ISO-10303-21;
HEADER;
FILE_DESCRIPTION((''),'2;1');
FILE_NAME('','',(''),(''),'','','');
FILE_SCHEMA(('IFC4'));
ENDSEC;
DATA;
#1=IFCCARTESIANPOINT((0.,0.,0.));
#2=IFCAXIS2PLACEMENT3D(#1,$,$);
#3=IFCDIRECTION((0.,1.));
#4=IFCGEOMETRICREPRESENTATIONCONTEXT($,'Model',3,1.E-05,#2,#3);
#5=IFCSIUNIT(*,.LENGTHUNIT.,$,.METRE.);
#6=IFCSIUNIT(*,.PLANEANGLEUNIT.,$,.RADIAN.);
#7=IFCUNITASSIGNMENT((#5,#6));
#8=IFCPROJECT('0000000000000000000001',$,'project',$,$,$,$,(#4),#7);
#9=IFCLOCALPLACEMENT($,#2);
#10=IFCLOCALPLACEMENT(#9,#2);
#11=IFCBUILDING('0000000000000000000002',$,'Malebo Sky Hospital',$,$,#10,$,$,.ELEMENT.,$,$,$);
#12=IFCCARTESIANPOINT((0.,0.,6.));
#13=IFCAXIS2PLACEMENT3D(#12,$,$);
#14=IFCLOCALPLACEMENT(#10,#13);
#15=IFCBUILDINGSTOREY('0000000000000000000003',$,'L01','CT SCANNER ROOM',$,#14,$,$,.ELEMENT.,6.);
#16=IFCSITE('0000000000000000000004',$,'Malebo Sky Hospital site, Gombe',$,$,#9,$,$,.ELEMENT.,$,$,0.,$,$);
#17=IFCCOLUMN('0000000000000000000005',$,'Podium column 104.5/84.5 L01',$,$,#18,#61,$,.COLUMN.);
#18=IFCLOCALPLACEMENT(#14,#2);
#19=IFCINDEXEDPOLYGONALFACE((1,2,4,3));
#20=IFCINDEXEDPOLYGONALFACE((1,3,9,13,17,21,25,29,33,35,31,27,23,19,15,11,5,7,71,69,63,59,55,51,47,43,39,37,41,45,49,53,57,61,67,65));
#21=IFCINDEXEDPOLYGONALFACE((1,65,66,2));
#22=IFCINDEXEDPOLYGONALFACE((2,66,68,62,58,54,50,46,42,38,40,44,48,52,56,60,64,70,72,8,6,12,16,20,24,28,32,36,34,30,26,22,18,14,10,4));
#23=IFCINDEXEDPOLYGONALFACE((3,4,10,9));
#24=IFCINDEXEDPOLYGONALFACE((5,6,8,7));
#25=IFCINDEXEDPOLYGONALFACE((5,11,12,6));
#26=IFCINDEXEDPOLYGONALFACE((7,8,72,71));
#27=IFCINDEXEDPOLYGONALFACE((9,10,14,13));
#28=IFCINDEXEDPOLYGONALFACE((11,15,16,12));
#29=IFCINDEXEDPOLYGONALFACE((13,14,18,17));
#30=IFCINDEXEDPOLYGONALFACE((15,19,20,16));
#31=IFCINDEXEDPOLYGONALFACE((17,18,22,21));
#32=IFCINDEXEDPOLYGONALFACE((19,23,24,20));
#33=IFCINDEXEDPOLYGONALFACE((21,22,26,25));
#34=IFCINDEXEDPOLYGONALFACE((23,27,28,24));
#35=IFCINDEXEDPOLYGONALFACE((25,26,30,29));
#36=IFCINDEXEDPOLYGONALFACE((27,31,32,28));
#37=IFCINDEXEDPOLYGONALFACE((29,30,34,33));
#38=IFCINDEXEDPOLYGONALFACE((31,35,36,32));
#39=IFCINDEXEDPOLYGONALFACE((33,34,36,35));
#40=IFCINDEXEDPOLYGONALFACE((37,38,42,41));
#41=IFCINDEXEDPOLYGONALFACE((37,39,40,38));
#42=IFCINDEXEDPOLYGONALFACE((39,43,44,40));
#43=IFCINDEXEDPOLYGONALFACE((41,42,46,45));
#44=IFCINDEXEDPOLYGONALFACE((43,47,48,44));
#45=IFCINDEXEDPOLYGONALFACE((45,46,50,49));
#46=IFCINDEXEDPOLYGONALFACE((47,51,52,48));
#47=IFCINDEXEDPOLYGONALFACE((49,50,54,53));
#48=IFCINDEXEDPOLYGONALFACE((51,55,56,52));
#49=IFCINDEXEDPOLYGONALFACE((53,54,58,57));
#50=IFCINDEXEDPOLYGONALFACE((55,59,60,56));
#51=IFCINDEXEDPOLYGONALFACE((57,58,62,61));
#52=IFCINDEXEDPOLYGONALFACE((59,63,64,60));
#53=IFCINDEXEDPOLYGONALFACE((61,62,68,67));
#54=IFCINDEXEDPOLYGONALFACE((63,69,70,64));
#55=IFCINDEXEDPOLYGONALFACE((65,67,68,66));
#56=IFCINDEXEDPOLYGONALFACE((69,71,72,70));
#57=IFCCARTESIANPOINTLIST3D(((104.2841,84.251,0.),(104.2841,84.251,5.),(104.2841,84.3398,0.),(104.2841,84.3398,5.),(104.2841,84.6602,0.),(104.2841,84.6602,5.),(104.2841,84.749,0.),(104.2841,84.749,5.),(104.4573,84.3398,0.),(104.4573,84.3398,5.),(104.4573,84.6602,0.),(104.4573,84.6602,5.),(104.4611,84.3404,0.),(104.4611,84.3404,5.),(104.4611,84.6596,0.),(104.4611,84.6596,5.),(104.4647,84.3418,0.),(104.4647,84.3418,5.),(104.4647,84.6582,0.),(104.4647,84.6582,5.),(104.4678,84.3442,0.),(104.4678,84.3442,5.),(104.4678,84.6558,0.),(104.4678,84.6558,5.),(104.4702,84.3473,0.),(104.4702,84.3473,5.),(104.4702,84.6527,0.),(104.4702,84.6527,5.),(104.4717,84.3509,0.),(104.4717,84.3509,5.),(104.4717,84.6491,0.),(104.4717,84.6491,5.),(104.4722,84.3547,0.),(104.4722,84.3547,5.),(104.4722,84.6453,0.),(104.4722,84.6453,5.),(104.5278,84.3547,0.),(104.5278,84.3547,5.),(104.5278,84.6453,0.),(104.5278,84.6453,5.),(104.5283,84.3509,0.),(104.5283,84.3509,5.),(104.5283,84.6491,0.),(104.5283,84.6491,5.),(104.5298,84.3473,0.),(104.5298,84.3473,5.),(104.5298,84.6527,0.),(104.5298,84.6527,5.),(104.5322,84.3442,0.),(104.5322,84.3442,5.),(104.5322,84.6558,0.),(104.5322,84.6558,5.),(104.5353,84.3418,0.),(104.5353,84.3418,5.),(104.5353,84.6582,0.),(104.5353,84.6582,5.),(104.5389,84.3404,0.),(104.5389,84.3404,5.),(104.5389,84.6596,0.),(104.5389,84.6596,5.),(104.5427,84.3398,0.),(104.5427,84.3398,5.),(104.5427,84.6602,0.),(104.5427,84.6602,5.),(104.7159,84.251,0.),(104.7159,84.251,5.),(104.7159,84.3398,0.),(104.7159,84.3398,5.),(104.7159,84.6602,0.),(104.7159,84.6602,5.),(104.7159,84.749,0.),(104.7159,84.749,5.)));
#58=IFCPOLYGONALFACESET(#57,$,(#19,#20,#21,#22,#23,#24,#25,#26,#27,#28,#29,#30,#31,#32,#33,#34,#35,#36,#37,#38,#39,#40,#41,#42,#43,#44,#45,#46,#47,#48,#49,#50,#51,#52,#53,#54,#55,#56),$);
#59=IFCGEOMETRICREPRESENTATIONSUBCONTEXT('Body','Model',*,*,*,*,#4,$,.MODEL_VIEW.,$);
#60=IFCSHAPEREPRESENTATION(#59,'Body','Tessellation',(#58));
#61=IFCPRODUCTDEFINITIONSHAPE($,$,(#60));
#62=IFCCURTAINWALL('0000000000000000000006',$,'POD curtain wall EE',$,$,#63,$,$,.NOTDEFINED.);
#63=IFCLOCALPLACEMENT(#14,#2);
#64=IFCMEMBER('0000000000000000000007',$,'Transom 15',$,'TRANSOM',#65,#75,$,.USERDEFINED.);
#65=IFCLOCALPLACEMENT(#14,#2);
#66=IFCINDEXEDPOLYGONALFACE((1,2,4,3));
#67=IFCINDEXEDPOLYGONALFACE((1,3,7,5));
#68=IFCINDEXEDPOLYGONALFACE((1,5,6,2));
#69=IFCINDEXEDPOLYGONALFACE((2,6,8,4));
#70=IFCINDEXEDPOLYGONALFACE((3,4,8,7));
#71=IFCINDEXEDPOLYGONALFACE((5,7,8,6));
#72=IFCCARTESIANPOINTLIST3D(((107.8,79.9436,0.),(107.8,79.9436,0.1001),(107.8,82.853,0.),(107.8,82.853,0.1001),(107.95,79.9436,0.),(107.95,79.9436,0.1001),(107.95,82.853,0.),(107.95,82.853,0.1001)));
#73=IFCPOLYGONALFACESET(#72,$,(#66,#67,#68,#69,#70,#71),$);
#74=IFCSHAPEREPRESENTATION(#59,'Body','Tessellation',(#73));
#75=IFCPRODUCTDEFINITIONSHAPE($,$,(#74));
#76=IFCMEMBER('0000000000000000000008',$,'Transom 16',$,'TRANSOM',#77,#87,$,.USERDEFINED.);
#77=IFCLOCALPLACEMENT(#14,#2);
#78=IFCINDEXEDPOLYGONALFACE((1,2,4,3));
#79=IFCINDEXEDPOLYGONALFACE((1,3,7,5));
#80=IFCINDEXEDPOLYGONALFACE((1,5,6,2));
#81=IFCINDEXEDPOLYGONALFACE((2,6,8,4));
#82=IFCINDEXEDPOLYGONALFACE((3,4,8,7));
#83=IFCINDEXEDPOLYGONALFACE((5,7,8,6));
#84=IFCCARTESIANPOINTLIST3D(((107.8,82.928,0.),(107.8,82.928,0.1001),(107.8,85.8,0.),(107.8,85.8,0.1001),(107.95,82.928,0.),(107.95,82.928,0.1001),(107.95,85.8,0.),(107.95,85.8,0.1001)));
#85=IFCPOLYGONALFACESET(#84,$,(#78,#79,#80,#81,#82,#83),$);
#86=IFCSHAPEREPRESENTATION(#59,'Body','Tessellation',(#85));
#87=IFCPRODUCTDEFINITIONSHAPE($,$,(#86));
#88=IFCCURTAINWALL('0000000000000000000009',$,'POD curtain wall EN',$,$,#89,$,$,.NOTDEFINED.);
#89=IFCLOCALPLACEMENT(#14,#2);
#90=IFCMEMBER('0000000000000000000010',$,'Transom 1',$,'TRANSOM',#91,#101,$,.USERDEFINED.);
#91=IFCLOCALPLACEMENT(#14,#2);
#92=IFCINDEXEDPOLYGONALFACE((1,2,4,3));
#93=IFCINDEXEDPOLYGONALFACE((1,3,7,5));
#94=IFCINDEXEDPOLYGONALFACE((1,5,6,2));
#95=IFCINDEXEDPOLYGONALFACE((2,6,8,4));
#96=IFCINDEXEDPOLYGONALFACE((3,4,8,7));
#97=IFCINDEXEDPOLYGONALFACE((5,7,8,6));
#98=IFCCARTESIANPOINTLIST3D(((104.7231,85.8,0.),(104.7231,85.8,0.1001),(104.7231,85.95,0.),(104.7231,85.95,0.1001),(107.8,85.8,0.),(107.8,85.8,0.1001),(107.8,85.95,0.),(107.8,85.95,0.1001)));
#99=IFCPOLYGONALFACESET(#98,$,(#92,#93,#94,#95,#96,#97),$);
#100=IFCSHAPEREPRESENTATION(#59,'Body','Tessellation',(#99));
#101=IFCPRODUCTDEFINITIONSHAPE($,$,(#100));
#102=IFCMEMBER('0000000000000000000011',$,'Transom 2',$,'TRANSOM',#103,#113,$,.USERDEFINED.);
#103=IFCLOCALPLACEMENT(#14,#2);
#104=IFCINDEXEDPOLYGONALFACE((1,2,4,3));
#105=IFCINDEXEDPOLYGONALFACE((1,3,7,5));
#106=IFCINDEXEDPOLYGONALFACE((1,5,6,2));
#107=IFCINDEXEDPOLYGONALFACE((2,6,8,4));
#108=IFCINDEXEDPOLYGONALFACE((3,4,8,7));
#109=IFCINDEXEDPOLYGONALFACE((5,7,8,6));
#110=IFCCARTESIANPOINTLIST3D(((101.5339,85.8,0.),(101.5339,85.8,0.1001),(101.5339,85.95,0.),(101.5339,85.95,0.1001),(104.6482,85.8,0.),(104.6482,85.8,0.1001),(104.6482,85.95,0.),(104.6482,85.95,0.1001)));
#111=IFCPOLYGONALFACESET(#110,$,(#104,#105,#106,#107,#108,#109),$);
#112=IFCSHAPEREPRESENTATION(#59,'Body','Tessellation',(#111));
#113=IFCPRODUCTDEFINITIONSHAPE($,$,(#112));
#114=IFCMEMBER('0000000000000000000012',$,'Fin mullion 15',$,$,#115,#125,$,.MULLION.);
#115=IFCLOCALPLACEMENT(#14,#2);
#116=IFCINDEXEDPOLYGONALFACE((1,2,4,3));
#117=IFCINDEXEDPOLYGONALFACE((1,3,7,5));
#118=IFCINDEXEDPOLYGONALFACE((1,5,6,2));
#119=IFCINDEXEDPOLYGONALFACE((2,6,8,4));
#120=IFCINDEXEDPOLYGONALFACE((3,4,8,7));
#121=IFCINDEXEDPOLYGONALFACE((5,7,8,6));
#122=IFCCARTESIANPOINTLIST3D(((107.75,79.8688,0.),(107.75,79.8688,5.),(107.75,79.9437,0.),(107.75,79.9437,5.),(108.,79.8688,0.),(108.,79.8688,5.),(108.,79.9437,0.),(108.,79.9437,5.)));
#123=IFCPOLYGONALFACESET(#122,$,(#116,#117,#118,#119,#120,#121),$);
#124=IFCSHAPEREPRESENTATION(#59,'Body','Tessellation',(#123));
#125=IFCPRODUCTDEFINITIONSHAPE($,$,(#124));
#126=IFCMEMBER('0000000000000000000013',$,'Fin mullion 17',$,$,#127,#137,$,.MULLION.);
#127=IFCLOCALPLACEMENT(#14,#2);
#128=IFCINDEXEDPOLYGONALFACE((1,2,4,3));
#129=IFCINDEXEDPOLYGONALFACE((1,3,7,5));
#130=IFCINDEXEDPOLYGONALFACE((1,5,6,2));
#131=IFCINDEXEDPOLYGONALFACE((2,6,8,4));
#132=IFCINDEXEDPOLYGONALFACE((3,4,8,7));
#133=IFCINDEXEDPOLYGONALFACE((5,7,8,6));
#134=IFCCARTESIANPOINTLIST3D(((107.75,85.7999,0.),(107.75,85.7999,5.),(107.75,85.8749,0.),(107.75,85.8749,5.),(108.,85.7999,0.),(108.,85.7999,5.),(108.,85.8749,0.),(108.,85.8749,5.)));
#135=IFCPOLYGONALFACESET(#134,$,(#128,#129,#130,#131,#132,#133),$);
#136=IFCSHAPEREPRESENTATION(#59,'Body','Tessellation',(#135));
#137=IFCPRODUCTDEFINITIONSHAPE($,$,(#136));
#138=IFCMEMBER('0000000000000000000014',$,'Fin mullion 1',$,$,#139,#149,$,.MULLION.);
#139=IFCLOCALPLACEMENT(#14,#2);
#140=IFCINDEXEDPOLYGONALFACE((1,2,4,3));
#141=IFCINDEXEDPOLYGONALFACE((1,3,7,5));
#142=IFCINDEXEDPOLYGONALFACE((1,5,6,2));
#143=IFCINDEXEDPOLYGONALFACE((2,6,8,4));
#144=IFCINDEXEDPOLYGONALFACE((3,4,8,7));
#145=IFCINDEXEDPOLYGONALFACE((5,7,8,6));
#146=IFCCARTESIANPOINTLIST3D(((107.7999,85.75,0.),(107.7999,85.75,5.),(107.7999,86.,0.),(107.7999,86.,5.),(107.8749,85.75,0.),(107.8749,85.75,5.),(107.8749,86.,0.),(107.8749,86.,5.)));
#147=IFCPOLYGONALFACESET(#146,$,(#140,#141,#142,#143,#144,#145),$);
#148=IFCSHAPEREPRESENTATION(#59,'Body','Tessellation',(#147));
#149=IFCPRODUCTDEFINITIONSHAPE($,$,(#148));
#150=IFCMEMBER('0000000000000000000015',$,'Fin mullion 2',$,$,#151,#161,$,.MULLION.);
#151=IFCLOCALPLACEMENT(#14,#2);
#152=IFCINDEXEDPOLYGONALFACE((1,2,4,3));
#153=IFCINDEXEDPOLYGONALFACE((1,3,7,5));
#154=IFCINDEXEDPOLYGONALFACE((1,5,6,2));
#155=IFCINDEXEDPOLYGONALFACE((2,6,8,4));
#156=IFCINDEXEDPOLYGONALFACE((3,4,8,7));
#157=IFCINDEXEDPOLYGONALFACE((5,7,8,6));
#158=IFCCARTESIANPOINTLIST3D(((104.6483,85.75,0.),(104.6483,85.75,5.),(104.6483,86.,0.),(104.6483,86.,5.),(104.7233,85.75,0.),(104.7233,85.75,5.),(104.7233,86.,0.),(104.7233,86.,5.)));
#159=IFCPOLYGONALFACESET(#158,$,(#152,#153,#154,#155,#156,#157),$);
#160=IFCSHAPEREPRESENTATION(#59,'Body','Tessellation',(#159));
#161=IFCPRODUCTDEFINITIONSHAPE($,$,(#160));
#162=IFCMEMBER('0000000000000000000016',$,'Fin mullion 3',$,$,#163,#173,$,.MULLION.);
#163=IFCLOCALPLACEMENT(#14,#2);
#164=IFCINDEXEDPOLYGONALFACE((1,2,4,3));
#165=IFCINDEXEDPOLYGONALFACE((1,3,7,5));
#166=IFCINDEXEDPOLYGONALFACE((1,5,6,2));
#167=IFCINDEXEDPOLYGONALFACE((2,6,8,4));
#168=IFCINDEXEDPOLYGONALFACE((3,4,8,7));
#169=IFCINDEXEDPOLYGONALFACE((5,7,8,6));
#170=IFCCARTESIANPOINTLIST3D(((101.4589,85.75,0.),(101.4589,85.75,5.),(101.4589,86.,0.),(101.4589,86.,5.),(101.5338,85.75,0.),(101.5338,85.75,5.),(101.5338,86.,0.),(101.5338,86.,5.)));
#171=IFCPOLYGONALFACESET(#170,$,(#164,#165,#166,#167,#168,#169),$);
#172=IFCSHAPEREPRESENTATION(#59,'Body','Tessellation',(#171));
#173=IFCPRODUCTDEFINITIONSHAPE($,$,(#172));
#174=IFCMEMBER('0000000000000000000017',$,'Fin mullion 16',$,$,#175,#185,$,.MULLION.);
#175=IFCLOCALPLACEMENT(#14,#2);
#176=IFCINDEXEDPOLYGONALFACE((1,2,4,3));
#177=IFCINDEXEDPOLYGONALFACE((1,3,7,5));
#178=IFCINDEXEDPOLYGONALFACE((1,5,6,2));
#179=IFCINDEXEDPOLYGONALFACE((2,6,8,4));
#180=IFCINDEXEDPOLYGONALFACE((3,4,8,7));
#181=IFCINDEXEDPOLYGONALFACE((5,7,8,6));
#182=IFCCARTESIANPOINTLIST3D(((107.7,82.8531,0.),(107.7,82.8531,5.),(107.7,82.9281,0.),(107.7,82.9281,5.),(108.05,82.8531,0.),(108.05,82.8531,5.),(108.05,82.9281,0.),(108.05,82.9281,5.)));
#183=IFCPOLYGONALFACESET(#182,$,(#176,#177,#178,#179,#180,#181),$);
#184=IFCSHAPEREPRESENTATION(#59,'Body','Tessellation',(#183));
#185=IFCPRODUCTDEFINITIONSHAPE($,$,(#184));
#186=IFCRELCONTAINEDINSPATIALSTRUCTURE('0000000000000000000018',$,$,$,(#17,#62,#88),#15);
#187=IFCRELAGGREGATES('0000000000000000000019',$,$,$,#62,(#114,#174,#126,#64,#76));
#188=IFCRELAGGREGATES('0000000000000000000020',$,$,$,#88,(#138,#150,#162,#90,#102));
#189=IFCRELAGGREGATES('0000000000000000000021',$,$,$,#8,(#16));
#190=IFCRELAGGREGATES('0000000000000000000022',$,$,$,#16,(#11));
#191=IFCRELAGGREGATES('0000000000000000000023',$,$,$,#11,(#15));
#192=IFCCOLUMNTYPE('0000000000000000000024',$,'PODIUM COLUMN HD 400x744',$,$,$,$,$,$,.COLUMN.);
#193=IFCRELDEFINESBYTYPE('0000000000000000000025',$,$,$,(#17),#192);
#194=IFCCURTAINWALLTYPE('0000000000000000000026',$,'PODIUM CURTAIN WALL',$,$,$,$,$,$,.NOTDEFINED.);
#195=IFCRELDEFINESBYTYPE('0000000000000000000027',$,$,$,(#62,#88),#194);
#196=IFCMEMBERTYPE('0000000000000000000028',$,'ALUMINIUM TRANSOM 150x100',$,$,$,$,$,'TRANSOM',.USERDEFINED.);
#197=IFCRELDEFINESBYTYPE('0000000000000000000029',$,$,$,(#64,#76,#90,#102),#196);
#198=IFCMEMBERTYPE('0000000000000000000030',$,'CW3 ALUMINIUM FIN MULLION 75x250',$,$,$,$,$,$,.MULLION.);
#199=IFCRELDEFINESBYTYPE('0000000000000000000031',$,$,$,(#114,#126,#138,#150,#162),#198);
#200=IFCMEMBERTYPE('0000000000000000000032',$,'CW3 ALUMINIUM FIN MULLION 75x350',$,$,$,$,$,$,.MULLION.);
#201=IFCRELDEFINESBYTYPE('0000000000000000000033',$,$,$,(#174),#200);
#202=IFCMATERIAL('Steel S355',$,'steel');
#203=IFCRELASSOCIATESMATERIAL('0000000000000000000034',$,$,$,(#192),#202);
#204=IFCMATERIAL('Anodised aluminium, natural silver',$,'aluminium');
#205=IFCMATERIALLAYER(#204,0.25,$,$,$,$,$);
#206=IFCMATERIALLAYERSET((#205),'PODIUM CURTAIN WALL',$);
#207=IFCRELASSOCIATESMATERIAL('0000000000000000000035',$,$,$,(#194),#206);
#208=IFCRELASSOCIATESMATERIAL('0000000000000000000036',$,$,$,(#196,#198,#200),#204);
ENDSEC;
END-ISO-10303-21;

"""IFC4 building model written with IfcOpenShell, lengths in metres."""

from ifc_helpers import new_model, si_unit, direction, frame, origin, origin_2d, place, context, subcontext, project, spatial, rectangle, i_section, extrude, material, layer, layer_set, material_profile, profile_set, type_object, element, aggregate, save


model = new_model("IFC4")

# Units and contexts
model_context = context("Model", 3, precision=1e-05, world=origin(), true_north=direction((0.0, 1.0)))
body_context = subcontext(model_context, "Body", "Model", "MODEL_VIEW")
ifc_project = project(units=[si_unit("LENGTHUNIT", "METRE"), si_unit("PLANEANGLEUNIT", "RADIAN")], contexts=[model_context])

# Site, building, storey
site_placement = place(None, origin())
site = spatial("IfcSite", under=ifc_project, at=site_placement, Name="Malebo Sky Hospital site, Gombe", CompositionType="ELEMENT", RefElevation=0.0)
building_placement = place(site_placement, origin())
building = spatial("IfcBuilding", under=site, at=building_placement, Name="Malebo Sky Hospital", CompositionType="ELEMENT")
storey_placement = place(building_placement, frame((0.0, 0.0, 6.0)))
storey = spatial("IfcBuildingStorey", under=building, at=storey_placement, Name="L01", Description="CT SCANNER ROOM", CompositionType="ELEMENT", Elevation=6.0)

# Column
ifc_material_1 = material(Name="Steel S355", Category="steel")
ifc_material_profile_1 = material_profile(ifc_material_1, i_section(OverallWidth=0.4319, OverallDepth=0.498, WebThickness=0.0557, FlangeThickness=0.0889, FilletRadius=0.0149, at=origin_2d()), Name="HD 400x744")
ifc_profile_set_1 = profile_set([ifc_material_profile_1], Name="Steel S355")
column_type = type_object("IfcColumnType", Name="PODIUM COLUMN HD 400x744", PredefinedType="COLUMN", material=ifc_profile_set_1)
column_placement = place(storey_placement, frame((104.5, 84.5, 0.0), z_axis=(0.0, 0.0, 1.0), x_axis=(1.0, 0.0, 0.0)))
element("IfcColumn", 1, at=column_placement, inside=storey, type_object=column_type, Name="Podium column 104.5/84.5 L01", PredefinedType="COLUMN", context=body_context, shape_type="SweptSolid", body=[
    extrude(i_section(OverallWidth=0.4319, OverallDepth=0.498, WebThickness=0.0557, FlangeThickness=0.0889, FilletRadius=0.0149, at=origin_2d()), origin(), (0.0, 0.0, 1.0), 5.0),
])

# Curtain walls, members
ifc_material_2 = material(Name="Anodised aluminium, natural silver", Category="aluminium")
ifc_layer_1 = layer(ifc_material_2, 0.25)
ifc_layer_set_1 = layer_set([ifc_layer_1], Name="PODIUM CURTAIN WALL")
curtain_wall_type = type_object("IfcCurtainWallType", Name="PODIUM CURTAIN WALL", PredefinedType="NOTDEFINED", material=ifc_layer_set_1)
curtain_wall_1_placement = place(storey_placement, origin())
curtain_wall_1 = element("IfcCurtainWall", 2, at=curtain_wall_1_placement, inside=storey, type_object=curtain_wall_type, Name="POD curtain wall EE", PredefinedType="NOTDEFINED")
ifc_material_profile_2 = material_profile(ifc_material_2, rectangle(XDim=0.1499, YDim=0.1001, at=origin_2d()), Name="ALUMINIUM TRANSOM 150x100")
ifc_profile_set_2 = profile_set([ifc_material_profile_2], Name="Anodised aluminium, natural silver")
member_type_1 = type_object("IfcMemberType", Name="ALUMINIUM TRANSOM 150x100", ElementType="TRANSOM", PredefinedType="USERDEFINED", material=ifc_profile_set_2)
member_1_placement = place(storey_placement, frame((107.875, 79.9436, 0.05), z_axis=(0.0, 1.0, 0.0), x_axis=(-1.0, 0.0, 0.0)))
member_1 = element("IfcMember", 3, at=member_1_placement, type_object=member_type_1, Name="Transom 15", ObjectType="TRANSOM", PredefinedType="USERDEFINED", context=body_context, shape_type="SweptSolid", body=[
    extrude(rectangle(XDim=0.1499, YDim=0.1001, at=origin_2d()), origin(), (0.0, 0.0, 1.0), 2.9094),
])
member_2_placement = place(storey_placement, frame((107.875, 82.928, 0.05), z_axis=(0.0, 1.0, 0.0), x_axis=(-1.0, 0.0, 0.0)))
member_2 = element("IfcMember", 4, at=member_2_placement, type_object=member_type_1, Name="Transom 16", ObjectType="TRANSOM", PredefinedType="USERDEFINED", context=body_context, shape_type="SweptSolid", body=[
    extrude(rectangle(XDim=0.1499, YDim=0.1001, at=origin_2d()), origin(), (0.0, 0.0, 1.0), 2.8721),
])
curtain_wall_2_placement = place(storey_placement, origin())
curtain_wall_2 = element("IfcCurtainWall", 5, at=curtain_wall_2_placement, inside=storey, type_object=curtain_wall_type, Name="POD curtain wall EN", PredefinedType="NOTDEFINED")
member_3_placement = place(storey_placement, frame((107.8, 85.875, 0.05), z_axis=(-1.0, 0.0, 0.0), x_axis=(0.0, -1.0, 0.0)))
member_3 = element("IfcMember", 6, at=member_3_placement, type_object=member_type_1, Name="Transom 1", ObjectType="TRANSOM", PredefinedType="USERDEFINED", context=body_context, shape_type="SweptSolid", body=[
    extrude(rectangle(XDim=0.1499, YDim=0.1001, at=origin_2d()), origin(), (0.0, 0.0, 1.0), 3.0769),
])
member_4_placement = place(storey_placement, frame((104.6482, 85.875, 0.05), z_axis=(-1.0, 0.0, 0.0), x_axis=(0.0, -1.0, 0.0)))
member_4 = element("IfcMember", 7, at=member_4_placement, type_object=member_type_1, Name="Transom 2", ObjectType="TRANSOM", PredefinedType="USERDEFINED", context=body_context, shape_type="SweptSolid", body=[
    extrude(rectangle(XDim=0.1499, YDim=0.1001, at=origin_2d()), origin(), (0.0, 0.0, 1.0), 3.1143),
])

# Members
ifc_material_profile_3 = material_profile(ifc_material_2, rectangle(XDim=0.075, YDim=0.25, at=origin_2d()), Name="CW3 ALUMINIUM FIN MULLION 75x250")
ifc_profile_set_3 = profile_set([ifc_material_profile_3], Name="Anodised aluminium, natural silver")
member_type_2 = type_object("IfcMemberType", Name="CW3 ALUMINIUM FIN MULLION 75x250", PredefinedType="MULLION", material=ifc_profile_set_3)
member_5_placement = place(storey_placement, frame((107.875, 79.9062, 0.0), z_axis=(0.0, 0.0, 1.0), x_axis=(0.0, 1.0, 0.0)))
member_5 = element("IfcMember", 8, at=member_5_placement, type_object=member_type_2, Name="Fin mullion 15", PredefinedType="MULLION", context=body_context, shape_type="SweptSolid", body=[
    extrude(rectangle(XDim=0.075, YDim=0.25, at=origin_2d()), origin(), (0.0, 0.0, 1.0), 5.0),
])
member_6_placement = place(storey_placement, frame((107.875, 85.8374, 0.0), z_axis=(0.0, 0.0, 1.0), x_axis=(0.0, 1.0, 0.0)))
member_6 = element("IfcMember", 9, at=member_6_placement, type_object=member_type_2, Name="Fin mullion 17", PredefinedType="MULLION", context=body_context, shape_type="SweptSolid", body=[
    extrude(rectangle(XDim=0.075, YDim=0.25, at=origin_2d()), origin(), (0.0, 0.0, 1.0), 5.0),
])
member_7_placement = place(storey_placement, frame((107.8374, 85.875, 0.0), z_axis=(0.0, 0.0, 1.0), x_axis=(-1.0, 0.0, 0.0)))
member_7 = element("IfcMember", 10, at=member_7_placement, type_object=member_type_2, Name="Fin mullion 1", PredefinedType="MULLION", context=body_context, shape_type="SweptSolid", body=[
    extrude(rectangle(XDim=0.075, YDim=0.25, at=origin_2d()), origin(), (0.0, 0.0, 1.0), 5.0),
])
member_8_placement = place(storey_placement, frame((104.6858, 85.875, 0.0), z_axis=(0.0, 0.0, 1.0), x_axis=(-1.0, 0.0, 0.0)))
member_8 = element("IfcMember", 11, at=member_8_placement, type_object=member_type_2, Name="Fin mullion 2", PredefinedType="MULLION", context=body_context, shape_type="SweptSolid", body=[
    extrude(rectangle(XDim=0.075, YDim=0.25, at=origin_2d()), origin(), (0.0, 0.0, 1.0), 5.0),
])
member_9_placement = place(storey_placement, frame((101.4963, 85.875, 0.0), z_axis=(0.0, 0.0, 1.0), x_axis=(-1.0, 0.0, 0.0)))
member_9 = element("IfcMember", 12, at=member_9_placement, type_object=member_type_2, Name="Fin mullion 3", PredefinedType="MULLION", context=body_context, shape_type="SweptSolid", body=[
    extrude(rectangle(XDim=0.075, YDim=0.25, at=origin_2d()), origin(), (0.0, 0.0, 1.0), 5.0),
])
ifc_material_profile_4 = material_profile(ifc_material_2, rectangle(XDim=0.075, YDim=0.3501, at=origin_2d()), Name="CW3 ALUMINIUM FIN MULLION 75x350")
ifc_profile_set_4 = profile_set([ifc_material_profile_4], Name="Anodised aluminium, natural silver")
member_type_3 = type_object("IfcMemberType", Name="CW3 ALUMINIUM FIN MULLION 75x350", PredefinedType="MULLION", material=ifc_profile_set_4)
member_10_placement = place(storey_placement, frame((107.875, 82.8906, 0.0), z_axis=(0.0, 0.0, 1.0), x_axis=(0.0, 1.0, 0.0)))
member_10 = element("IfcMember", 13, at=member_10_placement, type_object=member_type_3, Name="Fin mullion 16", PredefinedType="MULLION", context=body_context, shape_type="SweptSolid", body=[
    extrude(rectangle(XDim=0.075, YDim=0.3501, at=origin_2d()), origin(), (0.0, 0.0, 1.0), 5.0),
])

aggregate(curtain_wall_1, [member_5, member_10, member_6, member_1, member_2])
aggregate(curtain_wall_2, [member_7, member_8, member_9, member_3, member_4])

save(model, "model.ifc")
